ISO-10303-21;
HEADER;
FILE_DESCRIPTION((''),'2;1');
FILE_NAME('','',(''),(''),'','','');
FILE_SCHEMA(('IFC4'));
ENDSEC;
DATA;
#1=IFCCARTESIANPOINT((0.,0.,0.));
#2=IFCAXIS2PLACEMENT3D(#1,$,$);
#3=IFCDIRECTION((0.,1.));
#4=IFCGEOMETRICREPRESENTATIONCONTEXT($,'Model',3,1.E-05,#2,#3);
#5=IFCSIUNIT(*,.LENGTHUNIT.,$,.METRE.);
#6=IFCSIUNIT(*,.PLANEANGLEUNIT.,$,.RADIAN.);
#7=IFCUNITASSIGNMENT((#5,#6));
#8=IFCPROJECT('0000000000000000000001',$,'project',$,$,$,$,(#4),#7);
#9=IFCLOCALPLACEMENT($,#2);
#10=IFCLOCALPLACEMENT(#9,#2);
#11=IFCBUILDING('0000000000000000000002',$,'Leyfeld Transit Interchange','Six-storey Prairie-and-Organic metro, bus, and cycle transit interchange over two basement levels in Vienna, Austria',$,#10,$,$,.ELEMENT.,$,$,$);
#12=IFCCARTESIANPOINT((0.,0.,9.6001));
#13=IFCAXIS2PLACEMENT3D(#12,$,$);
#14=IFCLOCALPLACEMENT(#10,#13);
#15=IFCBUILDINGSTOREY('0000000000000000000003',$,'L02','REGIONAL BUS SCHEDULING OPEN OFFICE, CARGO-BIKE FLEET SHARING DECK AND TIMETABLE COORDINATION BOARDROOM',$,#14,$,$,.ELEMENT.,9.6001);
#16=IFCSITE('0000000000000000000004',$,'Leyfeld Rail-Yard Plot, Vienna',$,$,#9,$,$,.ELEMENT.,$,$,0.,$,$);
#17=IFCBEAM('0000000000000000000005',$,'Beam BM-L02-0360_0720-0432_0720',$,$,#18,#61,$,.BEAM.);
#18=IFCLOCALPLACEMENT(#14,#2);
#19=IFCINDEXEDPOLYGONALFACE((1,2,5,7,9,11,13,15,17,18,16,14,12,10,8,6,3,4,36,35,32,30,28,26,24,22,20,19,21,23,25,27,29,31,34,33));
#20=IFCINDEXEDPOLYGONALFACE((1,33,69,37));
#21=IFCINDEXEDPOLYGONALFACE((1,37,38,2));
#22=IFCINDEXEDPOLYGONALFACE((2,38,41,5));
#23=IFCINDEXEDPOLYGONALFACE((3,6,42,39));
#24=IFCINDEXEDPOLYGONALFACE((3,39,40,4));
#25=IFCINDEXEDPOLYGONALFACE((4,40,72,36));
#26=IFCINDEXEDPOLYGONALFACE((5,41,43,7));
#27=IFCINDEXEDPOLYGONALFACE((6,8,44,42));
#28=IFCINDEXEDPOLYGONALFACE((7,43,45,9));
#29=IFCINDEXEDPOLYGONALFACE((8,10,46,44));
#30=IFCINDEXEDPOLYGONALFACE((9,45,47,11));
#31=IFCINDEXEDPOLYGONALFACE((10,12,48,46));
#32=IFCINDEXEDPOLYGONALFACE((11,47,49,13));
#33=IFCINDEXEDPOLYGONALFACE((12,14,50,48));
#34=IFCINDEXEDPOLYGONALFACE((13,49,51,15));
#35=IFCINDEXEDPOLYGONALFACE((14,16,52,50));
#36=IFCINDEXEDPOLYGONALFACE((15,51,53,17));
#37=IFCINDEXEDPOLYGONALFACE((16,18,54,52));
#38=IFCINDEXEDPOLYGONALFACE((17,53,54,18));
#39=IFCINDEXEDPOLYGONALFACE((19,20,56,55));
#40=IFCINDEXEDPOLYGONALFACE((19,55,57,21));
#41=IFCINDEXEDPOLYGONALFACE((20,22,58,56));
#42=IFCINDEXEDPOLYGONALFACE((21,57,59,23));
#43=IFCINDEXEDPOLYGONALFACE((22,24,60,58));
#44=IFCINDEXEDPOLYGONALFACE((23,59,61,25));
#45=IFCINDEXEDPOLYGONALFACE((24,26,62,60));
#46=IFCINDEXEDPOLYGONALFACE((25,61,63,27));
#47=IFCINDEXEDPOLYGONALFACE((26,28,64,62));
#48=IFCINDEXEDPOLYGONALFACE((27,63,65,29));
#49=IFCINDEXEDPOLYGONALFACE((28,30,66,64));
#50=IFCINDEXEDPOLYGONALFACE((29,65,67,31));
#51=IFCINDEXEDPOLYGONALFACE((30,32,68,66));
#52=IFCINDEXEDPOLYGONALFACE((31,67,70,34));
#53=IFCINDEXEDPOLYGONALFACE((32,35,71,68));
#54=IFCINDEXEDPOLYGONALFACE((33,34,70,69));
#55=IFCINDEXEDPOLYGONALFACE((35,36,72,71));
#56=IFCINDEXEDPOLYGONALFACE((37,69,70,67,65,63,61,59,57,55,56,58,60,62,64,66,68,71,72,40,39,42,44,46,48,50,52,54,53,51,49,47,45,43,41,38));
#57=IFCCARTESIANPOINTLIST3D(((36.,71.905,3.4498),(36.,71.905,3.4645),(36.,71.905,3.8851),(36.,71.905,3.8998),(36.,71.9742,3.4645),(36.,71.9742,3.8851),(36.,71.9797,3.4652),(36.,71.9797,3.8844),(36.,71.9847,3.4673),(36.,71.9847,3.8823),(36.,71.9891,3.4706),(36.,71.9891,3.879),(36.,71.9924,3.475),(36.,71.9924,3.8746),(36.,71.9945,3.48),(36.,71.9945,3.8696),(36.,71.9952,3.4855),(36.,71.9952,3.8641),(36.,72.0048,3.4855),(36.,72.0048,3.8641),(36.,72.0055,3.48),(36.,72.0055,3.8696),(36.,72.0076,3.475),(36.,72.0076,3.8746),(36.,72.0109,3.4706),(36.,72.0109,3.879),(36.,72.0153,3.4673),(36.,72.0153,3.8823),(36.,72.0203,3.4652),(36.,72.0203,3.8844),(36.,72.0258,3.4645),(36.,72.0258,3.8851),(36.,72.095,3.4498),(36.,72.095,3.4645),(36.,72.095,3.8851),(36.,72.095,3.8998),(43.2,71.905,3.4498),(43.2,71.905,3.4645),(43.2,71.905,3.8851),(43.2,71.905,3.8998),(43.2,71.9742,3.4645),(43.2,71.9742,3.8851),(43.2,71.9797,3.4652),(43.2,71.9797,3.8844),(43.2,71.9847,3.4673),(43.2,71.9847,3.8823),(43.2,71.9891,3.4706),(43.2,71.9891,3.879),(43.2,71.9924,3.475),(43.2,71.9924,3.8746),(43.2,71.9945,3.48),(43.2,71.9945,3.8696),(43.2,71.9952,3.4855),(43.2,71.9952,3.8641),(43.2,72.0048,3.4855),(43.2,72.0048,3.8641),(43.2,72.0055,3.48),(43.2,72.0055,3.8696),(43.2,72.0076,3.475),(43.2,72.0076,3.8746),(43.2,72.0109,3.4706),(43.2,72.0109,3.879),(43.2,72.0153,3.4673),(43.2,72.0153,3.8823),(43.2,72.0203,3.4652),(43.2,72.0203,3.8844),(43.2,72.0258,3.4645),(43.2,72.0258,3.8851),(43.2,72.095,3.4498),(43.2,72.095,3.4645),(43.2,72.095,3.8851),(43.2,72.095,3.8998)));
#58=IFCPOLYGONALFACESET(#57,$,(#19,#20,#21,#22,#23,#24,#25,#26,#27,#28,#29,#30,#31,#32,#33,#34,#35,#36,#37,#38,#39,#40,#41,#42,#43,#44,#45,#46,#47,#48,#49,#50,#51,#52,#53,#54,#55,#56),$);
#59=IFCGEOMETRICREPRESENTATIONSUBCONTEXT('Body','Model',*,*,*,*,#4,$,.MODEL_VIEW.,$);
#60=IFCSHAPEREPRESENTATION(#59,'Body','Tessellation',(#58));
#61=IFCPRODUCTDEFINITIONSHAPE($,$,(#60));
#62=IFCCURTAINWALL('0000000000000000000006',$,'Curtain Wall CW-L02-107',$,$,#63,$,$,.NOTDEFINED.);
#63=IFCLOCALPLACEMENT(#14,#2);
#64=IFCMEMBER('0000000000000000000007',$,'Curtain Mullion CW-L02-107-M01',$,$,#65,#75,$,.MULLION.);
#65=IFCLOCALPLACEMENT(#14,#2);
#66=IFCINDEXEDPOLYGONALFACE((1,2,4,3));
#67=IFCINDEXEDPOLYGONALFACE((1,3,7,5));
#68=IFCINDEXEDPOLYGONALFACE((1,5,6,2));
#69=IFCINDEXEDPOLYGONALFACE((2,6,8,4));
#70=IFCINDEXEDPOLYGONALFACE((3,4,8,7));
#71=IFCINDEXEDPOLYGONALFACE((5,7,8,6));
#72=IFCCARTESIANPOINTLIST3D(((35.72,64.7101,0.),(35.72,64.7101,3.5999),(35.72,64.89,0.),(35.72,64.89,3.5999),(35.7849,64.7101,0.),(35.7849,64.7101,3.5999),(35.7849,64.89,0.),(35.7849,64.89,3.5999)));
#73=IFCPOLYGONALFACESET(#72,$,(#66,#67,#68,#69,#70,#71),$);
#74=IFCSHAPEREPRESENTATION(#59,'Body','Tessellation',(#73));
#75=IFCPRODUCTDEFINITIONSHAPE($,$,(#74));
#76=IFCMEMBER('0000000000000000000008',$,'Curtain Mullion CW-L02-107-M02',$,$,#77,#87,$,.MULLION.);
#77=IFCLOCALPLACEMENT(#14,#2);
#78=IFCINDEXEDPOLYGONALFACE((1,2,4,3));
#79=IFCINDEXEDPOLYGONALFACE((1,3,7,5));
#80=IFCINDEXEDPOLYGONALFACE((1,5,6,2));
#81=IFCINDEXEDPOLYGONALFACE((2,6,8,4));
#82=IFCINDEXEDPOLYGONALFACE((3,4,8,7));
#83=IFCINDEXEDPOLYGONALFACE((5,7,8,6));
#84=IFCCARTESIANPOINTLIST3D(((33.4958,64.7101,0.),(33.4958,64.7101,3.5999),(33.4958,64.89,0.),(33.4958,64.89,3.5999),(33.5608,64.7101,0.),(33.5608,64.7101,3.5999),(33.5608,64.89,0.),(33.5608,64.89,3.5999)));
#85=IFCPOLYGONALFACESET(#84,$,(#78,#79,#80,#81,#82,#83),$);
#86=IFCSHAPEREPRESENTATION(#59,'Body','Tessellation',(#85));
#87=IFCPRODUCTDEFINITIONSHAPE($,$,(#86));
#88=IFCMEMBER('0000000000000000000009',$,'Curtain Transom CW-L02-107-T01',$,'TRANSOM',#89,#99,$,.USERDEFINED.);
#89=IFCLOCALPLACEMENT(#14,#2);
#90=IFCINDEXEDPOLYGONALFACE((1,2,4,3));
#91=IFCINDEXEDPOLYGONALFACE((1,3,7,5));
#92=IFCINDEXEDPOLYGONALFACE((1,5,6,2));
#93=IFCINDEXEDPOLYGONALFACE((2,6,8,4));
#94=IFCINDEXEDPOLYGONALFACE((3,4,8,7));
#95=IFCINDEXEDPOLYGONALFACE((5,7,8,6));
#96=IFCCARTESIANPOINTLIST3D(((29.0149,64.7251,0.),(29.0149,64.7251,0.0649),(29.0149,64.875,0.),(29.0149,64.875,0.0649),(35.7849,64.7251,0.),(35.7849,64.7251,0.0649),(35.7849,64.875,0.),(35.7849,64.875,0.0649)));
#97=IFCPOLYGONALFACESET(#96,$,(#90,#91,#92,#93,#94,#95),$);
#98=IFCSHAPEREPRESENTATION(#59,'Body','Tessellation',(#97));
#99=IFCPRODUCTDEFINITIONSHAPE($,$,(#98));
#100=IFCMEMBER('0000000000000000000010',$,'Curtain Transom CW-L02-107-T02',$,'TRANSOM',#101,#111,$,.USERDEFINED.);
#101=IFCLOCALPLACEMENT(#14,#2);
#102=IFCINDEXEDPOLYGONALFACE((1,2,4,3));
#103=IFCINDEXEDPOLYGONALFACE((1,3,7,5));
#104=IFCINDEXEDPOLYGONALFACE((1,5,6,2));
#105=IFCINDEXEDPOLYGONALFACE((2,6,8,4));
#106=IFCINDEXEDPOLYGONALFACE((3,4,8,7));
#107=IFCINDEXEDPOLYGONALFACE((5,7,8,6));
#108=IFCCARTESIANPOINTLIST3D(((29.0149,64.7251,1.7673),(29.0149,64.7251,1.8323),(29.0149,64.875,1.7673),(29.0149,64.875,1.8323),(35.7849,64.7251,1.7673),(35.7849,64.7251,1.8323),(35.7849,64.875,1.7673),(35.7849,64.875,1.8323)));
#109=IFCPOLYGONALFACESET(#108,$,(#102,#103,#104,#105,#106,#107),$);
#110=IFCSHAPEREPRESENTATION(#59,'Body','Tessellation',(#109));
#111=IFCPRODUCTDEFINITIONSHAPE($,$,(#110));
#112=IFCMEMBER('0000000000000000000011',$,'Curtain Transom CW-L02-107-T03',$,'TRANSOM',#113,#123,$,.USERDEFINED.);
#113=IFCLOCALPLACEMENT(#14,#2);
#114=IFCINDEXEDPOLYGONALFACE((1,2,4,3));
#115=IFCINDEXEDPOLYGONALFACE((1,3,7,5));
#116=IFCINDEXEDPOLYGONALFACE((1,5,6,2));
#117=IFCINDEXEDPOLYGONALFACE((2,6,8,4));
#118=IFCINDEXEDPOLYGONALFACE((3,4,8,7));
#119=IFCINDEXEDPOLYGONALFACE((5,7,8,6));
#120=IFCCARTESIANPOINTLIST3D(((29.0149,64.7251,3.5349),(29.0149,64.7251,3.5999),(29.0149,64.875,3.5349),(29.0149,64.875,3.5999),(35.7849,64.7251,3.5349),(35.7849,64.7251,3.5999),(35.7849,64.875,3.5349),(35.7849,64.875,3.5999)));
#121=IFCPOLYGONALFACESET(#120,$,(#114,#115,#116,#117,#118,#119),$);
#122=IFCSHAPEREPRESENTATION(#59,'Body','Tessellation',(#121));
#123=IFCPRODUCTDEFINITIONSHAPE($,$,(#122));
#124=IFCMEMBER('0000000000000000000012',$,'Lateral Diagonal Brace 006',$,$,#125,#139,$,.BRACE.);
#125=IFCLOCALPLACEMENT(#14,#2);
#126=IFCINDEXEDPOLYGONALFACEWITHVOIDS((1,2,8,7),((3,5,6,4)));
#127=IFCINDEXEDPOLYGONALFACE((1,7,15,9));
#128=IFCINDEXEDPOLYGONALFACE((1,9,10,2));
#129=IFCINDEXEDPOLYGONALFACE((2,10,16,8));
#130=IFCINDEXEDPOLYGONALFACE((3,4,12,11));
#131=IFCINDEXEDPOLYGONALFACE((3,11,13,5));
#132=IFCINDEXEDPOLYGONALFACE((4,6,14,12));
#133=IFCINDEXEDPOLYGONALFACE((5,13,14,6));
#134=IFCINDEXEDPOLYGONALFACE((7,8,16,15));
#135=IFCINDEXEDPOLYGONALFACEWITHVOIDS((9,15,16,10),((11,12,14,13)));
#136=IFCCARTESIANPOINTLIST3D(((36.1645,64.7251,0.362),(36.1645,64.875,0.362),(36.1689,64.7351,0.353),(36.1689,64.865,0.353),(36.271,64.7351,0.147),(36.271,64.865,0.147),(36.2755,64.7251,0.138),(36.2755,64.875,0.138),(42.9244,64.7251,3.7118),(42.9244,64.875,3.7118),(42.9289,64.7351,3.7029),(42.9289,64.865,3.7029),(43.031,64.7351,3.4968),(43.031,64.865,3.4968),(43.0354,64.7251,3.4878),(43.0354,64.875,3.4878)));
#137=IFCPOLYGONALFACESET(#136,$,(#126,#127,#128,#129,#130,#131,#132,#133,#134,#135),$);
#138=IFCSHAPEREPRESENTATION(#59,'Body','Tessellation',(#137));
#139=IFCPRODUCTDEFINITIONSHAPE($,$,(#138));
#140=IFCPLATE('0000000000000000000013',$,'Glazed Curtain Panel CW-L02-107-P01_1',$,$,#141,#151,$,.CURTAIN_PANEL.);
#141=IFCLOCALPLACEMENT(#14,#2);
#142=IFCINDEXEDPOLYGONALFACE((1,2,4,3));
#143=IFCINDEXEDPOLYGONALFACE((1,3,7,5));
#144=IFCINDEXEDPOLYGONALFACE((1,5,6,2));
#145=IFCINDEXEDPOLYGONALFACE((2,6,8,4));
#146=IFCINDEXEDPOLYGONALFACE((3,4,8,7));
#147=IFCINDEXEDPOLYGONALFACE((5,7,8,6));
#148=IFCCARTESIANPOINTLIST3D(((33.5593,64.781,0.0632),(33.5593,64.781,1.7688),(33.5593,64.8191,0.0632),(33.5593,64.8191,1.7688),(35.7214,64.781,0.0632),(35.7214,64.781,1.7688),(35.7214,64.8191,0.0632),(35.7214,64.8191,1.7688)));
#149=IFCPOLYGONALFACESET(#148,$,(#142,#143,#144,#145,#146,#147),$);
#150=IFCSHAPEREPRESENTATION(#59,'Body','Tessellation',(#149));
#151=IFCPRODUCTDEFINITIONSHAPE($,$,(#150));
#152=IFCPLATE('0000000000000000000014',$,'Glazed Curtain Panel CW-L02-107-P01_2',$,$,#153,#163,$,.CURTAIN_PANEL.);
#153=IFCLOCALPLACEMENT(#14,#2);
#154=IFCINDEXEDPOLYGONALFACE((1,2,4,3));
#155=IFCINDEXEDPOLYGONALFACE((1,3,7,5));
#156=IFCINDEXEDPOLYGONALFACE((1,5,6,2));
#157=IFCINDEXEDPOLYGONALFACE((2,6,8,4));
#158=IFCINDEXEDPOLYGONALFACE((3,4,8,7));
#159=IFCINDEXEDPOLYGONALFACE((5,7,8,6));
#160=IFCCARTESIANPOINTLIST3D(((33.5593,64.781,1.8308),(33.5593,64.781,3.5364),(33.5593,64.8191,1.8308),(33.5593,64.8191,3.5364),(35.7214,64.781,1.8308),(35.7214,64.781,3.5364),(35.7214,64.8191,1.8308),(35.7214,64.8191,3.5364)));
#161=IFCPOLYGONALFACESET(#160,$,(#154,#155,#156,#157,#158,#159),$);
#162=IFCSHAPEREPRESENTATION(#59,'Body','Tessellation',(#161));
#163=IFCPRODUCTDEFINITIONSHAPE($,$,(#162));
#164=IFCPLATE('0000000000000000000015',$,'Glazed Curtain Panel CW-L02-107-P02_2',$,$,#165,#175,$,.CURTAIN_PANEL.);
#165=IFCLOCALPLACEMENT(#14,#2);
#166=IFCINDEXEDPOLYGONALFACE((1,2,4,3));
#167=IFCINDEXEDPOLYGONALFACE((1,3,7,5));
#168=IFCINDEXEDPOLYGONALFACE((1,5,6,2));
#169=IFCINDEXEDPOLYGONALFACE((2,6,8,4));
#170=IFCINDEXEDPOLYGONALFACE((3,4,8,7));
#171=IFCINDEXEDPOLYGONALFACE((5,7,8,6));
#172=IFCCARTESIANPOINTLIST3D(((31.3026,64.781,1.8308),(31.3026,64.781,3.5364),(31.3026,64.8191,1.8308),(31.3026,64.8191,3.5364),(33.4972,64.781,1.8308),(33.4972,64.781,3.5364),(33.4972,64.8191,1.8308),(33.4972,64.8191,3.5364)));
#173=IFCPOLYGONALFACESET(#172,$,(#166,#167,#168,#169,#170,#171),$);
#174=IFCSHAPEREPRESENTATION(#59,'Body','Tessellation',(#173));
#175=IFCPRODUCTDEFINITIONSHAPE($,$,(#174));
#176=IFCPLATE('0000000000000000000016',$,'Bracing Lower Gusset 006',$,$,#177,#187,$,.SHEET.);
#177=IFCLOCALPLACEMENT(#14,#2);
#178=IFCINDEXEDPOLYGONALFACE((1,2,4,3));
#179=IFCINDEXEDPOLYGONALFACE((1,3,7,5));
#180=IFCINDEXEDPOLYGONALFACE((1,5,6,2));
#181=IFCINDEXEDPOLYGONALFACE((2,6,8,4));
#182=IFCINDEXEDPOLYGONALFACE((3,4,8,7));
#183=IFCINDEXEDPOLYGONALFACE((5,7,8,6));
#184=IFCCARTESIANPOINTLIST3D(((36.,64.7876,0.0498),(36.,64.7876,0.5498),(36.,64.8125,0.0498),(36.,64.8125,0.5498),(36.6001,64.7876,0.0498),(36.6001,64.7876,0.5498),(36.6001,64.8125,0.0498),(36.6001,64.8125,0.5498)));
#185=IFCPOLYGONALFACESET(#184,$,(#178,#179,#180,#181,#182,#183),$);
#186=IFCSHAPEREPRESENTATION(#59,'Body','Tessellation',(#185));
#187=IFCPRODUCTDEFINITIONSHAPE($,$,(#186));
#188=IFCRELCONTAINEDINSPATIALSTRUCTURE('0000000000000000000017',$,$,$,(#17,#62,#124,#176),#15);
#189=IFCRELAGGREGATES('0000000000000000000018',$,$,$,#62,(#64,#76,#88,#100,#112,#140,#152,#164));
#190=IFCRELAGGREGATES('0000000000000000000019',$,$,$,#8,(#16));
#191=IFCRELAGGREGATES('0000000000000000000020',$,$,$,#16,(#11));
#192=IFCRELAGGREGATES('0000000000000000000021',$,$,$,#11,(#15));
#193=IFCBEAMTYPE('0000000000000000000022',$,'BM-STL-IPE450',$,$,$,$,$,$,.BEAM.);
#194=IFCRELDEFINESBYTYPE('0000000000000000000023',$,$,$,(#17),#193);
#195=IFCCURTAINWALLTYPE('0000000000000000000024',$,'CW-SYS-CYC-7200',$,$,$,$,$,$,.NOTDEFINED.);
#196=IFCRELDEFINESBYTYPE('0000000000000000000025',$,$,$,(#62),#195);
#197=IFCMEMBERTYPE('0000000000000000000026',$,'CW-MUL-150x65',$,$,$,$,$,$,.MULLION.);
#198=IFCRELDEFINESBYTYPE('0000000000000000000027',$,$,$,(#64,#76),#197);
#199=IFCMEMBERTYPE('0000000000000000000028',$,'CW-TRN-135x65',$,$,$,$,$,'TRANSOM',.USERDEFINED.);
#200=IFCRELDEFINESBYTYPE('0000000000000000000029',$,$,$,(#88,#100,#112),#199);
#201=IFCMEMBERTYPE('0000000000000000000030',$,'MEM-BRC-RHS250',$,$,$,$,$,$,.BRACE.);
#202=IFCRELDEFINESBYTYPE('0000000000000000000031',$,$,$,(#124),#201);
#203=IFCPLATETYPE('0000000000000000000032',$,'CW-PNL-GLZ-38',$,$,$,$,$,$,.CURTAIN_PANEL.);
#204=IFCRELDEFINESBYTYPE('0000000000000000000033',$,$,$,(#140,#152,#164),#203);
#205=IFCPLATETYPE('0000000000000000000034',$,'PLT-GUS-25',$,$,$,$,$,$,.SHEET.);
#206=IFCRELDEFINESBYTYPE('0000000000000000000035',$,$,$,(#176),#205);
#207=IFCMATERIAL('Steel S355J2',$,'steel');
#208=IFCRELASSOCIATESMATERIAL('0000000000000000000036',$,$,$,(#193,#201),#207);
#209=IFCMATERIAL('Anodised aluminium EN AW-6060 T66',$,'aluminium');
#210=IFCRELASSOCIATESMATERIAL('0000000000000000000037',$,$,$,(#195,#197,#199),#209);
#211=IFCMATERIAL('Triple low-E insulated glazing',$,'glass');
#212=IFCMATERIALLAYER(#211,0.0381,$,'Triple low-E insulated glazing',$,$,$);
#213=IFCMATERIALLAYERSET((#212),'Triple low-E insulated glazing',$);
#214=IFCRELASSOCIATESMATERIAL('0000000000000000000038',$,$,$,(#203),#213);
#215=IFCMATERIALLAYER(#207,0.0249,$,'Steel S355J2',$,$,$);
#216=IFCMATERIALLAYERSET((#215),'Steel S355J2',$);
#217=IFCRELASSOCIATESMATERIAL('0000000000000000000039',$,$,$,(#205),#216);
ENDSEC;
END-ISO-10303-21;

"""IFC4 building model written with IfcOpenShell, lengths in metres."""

from ifc_helpers import new_model, si_unit, direction, frame, origin, origin_2d, place, context, subcontext, project, spatial, rectangle, hollow_rectangle, i_section, extrude, material, layer, layer_set, material_profile, profile_set, type_object, element, aggregate, save


model = new_model("IFC4")

# Units and contexts
model_context = context("Model", 3, precision=1e-05, world=origin(), true_north=direction((0.0, 1.0)))
body_context = subcontext(model_context, "Body", "Model", "MODEL_VIEW")
ifc_project = project(units=[si_unit("LENGTHUNIT", "METRE"), si_unit("PLANEANGLEUNIT", "RADIAN")], contexts=[model_context])

# Site, building, storey
site_placement = place(None, origin())
site = spatial("IfcSite", under=ifc_project, at=site_placement, Name="Leyfeld Rail-Yard Plot, Vienna", CompositionType="ELEMENT", RefElevation=0.0)
building_placement = place(site_placement, origin())
building = spatial("IfcBuilding", under=site, at=building_placement, Name="Leyfeld Transit Interchange", Description="Six-storey Prairie-and-Organic metro, bus, and cycle transit interchange over two basement levels in Vienna, Austria", CompositionType="ELEMENT")
storey_placement = place(building_placement, frame((0.0, 0.0, 9.6001)))
storey = spatial("IfcBuildingStorey", under=building, at=storey_placement, Name="L02", Description="REGIONAL BUS SCHEDULING OPEN OFFICE, CARGO-BIKE FLEET SHARING DECK AND TIMETABLE COORDINATION BOARDROOM", CompositionType="ELEMENT", Elevation=9.6001)

# Beam
ifc_material_1 = material(Name="Steel S355J2", Category="steel")
ifc_material_profile_1 = material_profile(ifc_material_1, i_section(OverallWidth=0.1899, OverallDepth=0.45, WebThickness=0.0095, FlangeThickness=0.0146, FilletRadius=0.021, at=origin_2d()), Name="IPE 450")
ifc_profile_set_1 = profile_set([ifc_material_profile_1], Name="Steel S355J2")
beam_type_1 = type_object("IfcBeamType", Name="BM-STL-IPE450", PredefinedType="BEAM", material=ifc_profile_set_1)
beam_placement = place(storey_placement, frame((36.0, 72.0, 3.6748), z_axis=(1.0, 0.0, 0.0), x_axis=(0.0, 1.0, 0.0)))
element("IfcBeam", 1, at=beam_placement, inside=storey, type_object=beam_type_1, Name="Beam BM-L02-0360_0720-0432_0720", PredefinedType="BEAM", context=body_context, shape_type="SweptSolid", body=[
    extrude(i_section(OverallWidth=0.1899, OverallDepth=0.45, WebThickness=0.0095, FlangeThickness=0.0146, FilletRadius=0.021, at=origin_2d()), origin(), (0.0, 0.0, 1.0), 7.2),
])

# Curtain wall, members
ifc_material_2 = material(Name="Anodised aluminium EN AW-6060 T66", Category="aluminium")
curtain_wall_type = type_object("IfcCurtainWallType", Name="CW-SYS-CYC-7200", PredefinedType="NOTDEFINED", material=ifc_material_2)
curtain_wall_placement = place(storey_placement, origin())
curtain_wall = element("IfcCurtainWall", 2, at=curtain_wall_placement, inside=storey, type_object=curtain_wall_type, Name="Curtain Wall CW-L02-107", PredefinedType="NOTDEFINED")
ifc_material_profile_2 = material_profile(ifc_material_2, rectangle(XDim=0.0649, YDim=0.1799, at=origin_2d()), Name="CW-M 65x180")
ifc_profile_set_2 = profile_set([ifc_material_profile_2], Name="Anodised aluminium EN AW-6060 T66")
member_type_1 = type_object("IfcMemberType", Name="CW-MUL-150x65", PredefinedType="MULLION", material=ifc_profile_set_2)
member_1_placement = place(storey_placement, frame((35.7524, 64.8, 0.0), z_axis=(0.0, 0.0, 1.0), x_axis=(-1.0, 0.0, 0.0)))
member_1 = element("IfcMember", 3, at=member_1_placement, type_object=member_type_1, Name="Curtain Mullion CW-L02-107-M01", PredefinedType="MULLION", context=body_context, shape_type="SweptSolid", body=[
    extrude(rectangle(XDim=0.0649, YDim=0.1799, at=origin_2d()), origin(), (0.0, 0.0, 1.0), 3.5999),
])
member_2_placement = place(storey_placement, frame((33.5283, 64.8, 0.0), z_axis=(0.0, 0.0, 1.0), x_axis=(-1.0, 0.0, 0.0)))
member_2 = element("IfcMember", 4, at=member_2_placement, type_object=member_type_1, Name="Curtain Mullion CW-L02-107-M02", PredefinedType="MULLION", context=body_context, shape_type="SweptSolid", body=[
    extrude(rectangle(XDim=0.0649, YDim=0.1799, at=origin_2d()), origin(), (0.0, 0.0, 1.0), 3.5999),
])
ifc_material_profile_3 = material_profile(ifc_material_2, rectangle(XDim=0.1499, YDim=0.0649, at=origin_2d()), Name="CW-TRN-135x65")
ifc_profile_set_3 = profile_set([ifc_material_profile_3], Name="Anodised aluminium EN AW-6060 T66")
member_type_2 = type_object("IfcMemberType", Name="CW-TRN-135x65", ElementType="TRANSOM", PredefinedType="USERDEFINED", material=ifc_profile_set_3)
member_3_placement = place(storey_placement, frame((35.7849, 64.8, 0.0325), z_axis=(-1.0, 0.0, 0.0), x_axis=(0.0, -1.0, 0.0)))
member_3 = element("IfcMember", 5, at=member_3_placement, type_object=member_type_2, Name="Curtain Transom CW-L02-107-T01", ObjectType="TRANSOM", PredefinedType="USERDEFINED", context=body_context, shape_type="SweptSolid", body=[
    extrude(rectangle(XDim=0.1499, YDim=0.0649, at=origin_2d()), origin(), (0.0, 0.0, 1.0), 6.77),
])
member_4_placement = place(storey_placement, frame((35.7849, 64.8, 1.7998), z_axis=(-1.0, 0.0, 0.0), x_axis=(0.0, -1.0, 0.0)))
member_4 = element("IfcMember", 6, at=member_4_placement, type_object=member_type_2, Name="Curtain Transom CW-L02-107-T02", ObjectType="TRANSOM", PredefinedType="USERDEFINED", context=body_context, shape_type="SweptSolid", body=[
    extrude(rectangle(XDim=0.1499, YDim=0.0649, at=origin_2d()), origin(), (0.0, 0.0, 1.0), 6.77),
])
member_5_placement = place(storey_placement, frame((35.7849, 64.8, 3.5674), z_axis=(-1.0, 0.0, 0.0), x_axis=(0.0, -1.0, 0.0)))
member_5 = element("IfcMember", 7, at=member_5_placement, type_object=member_type_2, Name="Curtain Transom CW-L02-107-T03", ObjectType="TRANSOM", PredefinedType="USERDEFINED", context=body_context, shape_type="SweptSolid", body=[
    extrude(rectangle(XDim=0.1499, YDim=0.0649, at=origin_2d()), origin(), (0.0, 0.0, 1.0), 6.77),
])

# Member
ifc_material_profile_4 = material_profile(ifc_material_1, hollow_rectangle(XDim=0.1499, YDim=0.25, WallThickness=0.01, at=origin_2d()), Name="RHS 250x150x10")
ifc_profile_set_4 = profile_set([ifc_material_profile_4], Name="Steel S355J2")
member_type_3 = type_object("IfcMemberType", Name="MEM-BRC-RHS250", PredefinedType="BRACE", material=ifc_profile_set_4)
member_6_placement = place(storey_placement, frame((36.22, 64.8, 0.25), z_axis=(0.89602, 0.0, 0.444014), x_axis=(0.0, 1.0, 0.0)))
element("IfcMember", 8, at=member_6_placement, inside=storey, type_object=member_type_3, Name="Lateral Diagonal Brace 006", PredefinedType="BRACE", context=body_context, shape_type="SweptSolid", body=[
    extrude(hollow_rectangle(XDim=0.1499, YDim=0.25, WallThickness=0.01, at=origin_2d()), origin(), (0.0, 0.0, 1.0), 7.5444),
])

# Plates
ifc_material_3 = material(Name="Triple low-E insulated glazing", Category="glass")
ifc_layer_1 = layer(ifc_material_3, 0.0381, Name="Triple low-E insulated glazing")
ifc_layer_set_1 = layer_set([ifc_layer_1], Name="Triple low-E insulated glazing")
plate_type_1 = type_object("IfcPlateType", Name="CW-PNL-GLZ-38", PredefinedType="CURTAIN_PANEL", material=ifc_layer_set_1)
plate_1_placement = place(storey_placement, frame((34.6404, 64.8, 0.0632), z_axis=(0.0, 0.0, 1.0), x_axis=(-1.0, 0.0, 0.0)))
plate_1 = element("IfcPlate", 9, at=plate_1_placement, type_object=plate_type_1, Name="Glazed Curtain Panel CW-L02-107-P01_1", PredefinedType="CURTAIN_PANEL", context=body_context, shape_type="SweptSolid", body=[
    extrude(rectangle(XDim=2.1621, YDim=0.0381, at=origin_2d()), origin(), (0.0, 0.0, 1.0), 1.7056),
])
plate_2_placement = place(storey_placement, frame((34.6404, 64.8, 1.8308), z_axis=(0.0, 0.0, 1.0), x_axis=(-1.0, 0.0, 0.0)))
plate_2 = element("IfcPlate", 10, at=plate_2_placement, type_object=plate_type_1, Name="Glazed Curtain Panel CW-L02-107-P01_2", PredefinedType="CURTAIN_PANEL", context=body_context, shape_type="SweptSolid", body=[
    extrude(rectangle(XDim=2.1621, YDim=0.0381, at=origin_2d()), origin(), (0.0, 0.0, 1.0), 1.7056),
])
plate_3_placement = place(storey_placement, frame((32.3999, 64.8, 1.8308), z_axis=(0.0, 0.0, 1.0), x_axis=(-1.0, 0.0, 0.0)))
plate_3 = element("IfcPlate", 11, at=plate_3_placement, type_object=plate_type_1, Name="Glazed Curtain Panel CW-L02-107-P02_2", PredefinedType="CURTAIN_PANEL", context=body_context, shape_type="SweptSolid", body=[
    extrude(rectangle(XDim=2.1946, YDim=0.0381, at=origin_2d()), origin(), (0.0, 0.0, 1.0), 1.7056),
])
aggregate(curtain_wall, [member_1, member_2, member_3, member_4, member_5, plate_1, plate_2, plate_3])

# Plate
ifc_layer_2 = layer(ifc_material_1, 0.0249, Name="Steel S355J2")
ifc_layer_set_2 = layer_set([ifc_layer_2], Name="Steel S355J2")
plate_type_2 = type_object("IfcPlateType", Name="PLT-GUS-25", PredefinedType="SHEET", material=ifc_layer_set_2)
for number, where, z_axis, x_axis, name in (
    (12, (36.3, 64.8, 0.0498), (0.0, 0.0, 1.0), (1.0, 0.0, 0.0), "Bracing Lower Gusset 006"),
):
    element("IfcPlate", number, at=place(storey_placement, frame(where, z_axis=z_axis, x_axis=x_axis)), inside=storey, type_object=plate_type_2, Name=name, PredefinedType="SHEET", context=body_context, shape_type="SweptSolid", body=[
        extrude(rectangle(XDim=0.6001, YDim=0.0249, at=origin_2d()), origin(), (0.0, 0.0, 1.0), 0.5),
    ])

save(model, "model.ifc")
